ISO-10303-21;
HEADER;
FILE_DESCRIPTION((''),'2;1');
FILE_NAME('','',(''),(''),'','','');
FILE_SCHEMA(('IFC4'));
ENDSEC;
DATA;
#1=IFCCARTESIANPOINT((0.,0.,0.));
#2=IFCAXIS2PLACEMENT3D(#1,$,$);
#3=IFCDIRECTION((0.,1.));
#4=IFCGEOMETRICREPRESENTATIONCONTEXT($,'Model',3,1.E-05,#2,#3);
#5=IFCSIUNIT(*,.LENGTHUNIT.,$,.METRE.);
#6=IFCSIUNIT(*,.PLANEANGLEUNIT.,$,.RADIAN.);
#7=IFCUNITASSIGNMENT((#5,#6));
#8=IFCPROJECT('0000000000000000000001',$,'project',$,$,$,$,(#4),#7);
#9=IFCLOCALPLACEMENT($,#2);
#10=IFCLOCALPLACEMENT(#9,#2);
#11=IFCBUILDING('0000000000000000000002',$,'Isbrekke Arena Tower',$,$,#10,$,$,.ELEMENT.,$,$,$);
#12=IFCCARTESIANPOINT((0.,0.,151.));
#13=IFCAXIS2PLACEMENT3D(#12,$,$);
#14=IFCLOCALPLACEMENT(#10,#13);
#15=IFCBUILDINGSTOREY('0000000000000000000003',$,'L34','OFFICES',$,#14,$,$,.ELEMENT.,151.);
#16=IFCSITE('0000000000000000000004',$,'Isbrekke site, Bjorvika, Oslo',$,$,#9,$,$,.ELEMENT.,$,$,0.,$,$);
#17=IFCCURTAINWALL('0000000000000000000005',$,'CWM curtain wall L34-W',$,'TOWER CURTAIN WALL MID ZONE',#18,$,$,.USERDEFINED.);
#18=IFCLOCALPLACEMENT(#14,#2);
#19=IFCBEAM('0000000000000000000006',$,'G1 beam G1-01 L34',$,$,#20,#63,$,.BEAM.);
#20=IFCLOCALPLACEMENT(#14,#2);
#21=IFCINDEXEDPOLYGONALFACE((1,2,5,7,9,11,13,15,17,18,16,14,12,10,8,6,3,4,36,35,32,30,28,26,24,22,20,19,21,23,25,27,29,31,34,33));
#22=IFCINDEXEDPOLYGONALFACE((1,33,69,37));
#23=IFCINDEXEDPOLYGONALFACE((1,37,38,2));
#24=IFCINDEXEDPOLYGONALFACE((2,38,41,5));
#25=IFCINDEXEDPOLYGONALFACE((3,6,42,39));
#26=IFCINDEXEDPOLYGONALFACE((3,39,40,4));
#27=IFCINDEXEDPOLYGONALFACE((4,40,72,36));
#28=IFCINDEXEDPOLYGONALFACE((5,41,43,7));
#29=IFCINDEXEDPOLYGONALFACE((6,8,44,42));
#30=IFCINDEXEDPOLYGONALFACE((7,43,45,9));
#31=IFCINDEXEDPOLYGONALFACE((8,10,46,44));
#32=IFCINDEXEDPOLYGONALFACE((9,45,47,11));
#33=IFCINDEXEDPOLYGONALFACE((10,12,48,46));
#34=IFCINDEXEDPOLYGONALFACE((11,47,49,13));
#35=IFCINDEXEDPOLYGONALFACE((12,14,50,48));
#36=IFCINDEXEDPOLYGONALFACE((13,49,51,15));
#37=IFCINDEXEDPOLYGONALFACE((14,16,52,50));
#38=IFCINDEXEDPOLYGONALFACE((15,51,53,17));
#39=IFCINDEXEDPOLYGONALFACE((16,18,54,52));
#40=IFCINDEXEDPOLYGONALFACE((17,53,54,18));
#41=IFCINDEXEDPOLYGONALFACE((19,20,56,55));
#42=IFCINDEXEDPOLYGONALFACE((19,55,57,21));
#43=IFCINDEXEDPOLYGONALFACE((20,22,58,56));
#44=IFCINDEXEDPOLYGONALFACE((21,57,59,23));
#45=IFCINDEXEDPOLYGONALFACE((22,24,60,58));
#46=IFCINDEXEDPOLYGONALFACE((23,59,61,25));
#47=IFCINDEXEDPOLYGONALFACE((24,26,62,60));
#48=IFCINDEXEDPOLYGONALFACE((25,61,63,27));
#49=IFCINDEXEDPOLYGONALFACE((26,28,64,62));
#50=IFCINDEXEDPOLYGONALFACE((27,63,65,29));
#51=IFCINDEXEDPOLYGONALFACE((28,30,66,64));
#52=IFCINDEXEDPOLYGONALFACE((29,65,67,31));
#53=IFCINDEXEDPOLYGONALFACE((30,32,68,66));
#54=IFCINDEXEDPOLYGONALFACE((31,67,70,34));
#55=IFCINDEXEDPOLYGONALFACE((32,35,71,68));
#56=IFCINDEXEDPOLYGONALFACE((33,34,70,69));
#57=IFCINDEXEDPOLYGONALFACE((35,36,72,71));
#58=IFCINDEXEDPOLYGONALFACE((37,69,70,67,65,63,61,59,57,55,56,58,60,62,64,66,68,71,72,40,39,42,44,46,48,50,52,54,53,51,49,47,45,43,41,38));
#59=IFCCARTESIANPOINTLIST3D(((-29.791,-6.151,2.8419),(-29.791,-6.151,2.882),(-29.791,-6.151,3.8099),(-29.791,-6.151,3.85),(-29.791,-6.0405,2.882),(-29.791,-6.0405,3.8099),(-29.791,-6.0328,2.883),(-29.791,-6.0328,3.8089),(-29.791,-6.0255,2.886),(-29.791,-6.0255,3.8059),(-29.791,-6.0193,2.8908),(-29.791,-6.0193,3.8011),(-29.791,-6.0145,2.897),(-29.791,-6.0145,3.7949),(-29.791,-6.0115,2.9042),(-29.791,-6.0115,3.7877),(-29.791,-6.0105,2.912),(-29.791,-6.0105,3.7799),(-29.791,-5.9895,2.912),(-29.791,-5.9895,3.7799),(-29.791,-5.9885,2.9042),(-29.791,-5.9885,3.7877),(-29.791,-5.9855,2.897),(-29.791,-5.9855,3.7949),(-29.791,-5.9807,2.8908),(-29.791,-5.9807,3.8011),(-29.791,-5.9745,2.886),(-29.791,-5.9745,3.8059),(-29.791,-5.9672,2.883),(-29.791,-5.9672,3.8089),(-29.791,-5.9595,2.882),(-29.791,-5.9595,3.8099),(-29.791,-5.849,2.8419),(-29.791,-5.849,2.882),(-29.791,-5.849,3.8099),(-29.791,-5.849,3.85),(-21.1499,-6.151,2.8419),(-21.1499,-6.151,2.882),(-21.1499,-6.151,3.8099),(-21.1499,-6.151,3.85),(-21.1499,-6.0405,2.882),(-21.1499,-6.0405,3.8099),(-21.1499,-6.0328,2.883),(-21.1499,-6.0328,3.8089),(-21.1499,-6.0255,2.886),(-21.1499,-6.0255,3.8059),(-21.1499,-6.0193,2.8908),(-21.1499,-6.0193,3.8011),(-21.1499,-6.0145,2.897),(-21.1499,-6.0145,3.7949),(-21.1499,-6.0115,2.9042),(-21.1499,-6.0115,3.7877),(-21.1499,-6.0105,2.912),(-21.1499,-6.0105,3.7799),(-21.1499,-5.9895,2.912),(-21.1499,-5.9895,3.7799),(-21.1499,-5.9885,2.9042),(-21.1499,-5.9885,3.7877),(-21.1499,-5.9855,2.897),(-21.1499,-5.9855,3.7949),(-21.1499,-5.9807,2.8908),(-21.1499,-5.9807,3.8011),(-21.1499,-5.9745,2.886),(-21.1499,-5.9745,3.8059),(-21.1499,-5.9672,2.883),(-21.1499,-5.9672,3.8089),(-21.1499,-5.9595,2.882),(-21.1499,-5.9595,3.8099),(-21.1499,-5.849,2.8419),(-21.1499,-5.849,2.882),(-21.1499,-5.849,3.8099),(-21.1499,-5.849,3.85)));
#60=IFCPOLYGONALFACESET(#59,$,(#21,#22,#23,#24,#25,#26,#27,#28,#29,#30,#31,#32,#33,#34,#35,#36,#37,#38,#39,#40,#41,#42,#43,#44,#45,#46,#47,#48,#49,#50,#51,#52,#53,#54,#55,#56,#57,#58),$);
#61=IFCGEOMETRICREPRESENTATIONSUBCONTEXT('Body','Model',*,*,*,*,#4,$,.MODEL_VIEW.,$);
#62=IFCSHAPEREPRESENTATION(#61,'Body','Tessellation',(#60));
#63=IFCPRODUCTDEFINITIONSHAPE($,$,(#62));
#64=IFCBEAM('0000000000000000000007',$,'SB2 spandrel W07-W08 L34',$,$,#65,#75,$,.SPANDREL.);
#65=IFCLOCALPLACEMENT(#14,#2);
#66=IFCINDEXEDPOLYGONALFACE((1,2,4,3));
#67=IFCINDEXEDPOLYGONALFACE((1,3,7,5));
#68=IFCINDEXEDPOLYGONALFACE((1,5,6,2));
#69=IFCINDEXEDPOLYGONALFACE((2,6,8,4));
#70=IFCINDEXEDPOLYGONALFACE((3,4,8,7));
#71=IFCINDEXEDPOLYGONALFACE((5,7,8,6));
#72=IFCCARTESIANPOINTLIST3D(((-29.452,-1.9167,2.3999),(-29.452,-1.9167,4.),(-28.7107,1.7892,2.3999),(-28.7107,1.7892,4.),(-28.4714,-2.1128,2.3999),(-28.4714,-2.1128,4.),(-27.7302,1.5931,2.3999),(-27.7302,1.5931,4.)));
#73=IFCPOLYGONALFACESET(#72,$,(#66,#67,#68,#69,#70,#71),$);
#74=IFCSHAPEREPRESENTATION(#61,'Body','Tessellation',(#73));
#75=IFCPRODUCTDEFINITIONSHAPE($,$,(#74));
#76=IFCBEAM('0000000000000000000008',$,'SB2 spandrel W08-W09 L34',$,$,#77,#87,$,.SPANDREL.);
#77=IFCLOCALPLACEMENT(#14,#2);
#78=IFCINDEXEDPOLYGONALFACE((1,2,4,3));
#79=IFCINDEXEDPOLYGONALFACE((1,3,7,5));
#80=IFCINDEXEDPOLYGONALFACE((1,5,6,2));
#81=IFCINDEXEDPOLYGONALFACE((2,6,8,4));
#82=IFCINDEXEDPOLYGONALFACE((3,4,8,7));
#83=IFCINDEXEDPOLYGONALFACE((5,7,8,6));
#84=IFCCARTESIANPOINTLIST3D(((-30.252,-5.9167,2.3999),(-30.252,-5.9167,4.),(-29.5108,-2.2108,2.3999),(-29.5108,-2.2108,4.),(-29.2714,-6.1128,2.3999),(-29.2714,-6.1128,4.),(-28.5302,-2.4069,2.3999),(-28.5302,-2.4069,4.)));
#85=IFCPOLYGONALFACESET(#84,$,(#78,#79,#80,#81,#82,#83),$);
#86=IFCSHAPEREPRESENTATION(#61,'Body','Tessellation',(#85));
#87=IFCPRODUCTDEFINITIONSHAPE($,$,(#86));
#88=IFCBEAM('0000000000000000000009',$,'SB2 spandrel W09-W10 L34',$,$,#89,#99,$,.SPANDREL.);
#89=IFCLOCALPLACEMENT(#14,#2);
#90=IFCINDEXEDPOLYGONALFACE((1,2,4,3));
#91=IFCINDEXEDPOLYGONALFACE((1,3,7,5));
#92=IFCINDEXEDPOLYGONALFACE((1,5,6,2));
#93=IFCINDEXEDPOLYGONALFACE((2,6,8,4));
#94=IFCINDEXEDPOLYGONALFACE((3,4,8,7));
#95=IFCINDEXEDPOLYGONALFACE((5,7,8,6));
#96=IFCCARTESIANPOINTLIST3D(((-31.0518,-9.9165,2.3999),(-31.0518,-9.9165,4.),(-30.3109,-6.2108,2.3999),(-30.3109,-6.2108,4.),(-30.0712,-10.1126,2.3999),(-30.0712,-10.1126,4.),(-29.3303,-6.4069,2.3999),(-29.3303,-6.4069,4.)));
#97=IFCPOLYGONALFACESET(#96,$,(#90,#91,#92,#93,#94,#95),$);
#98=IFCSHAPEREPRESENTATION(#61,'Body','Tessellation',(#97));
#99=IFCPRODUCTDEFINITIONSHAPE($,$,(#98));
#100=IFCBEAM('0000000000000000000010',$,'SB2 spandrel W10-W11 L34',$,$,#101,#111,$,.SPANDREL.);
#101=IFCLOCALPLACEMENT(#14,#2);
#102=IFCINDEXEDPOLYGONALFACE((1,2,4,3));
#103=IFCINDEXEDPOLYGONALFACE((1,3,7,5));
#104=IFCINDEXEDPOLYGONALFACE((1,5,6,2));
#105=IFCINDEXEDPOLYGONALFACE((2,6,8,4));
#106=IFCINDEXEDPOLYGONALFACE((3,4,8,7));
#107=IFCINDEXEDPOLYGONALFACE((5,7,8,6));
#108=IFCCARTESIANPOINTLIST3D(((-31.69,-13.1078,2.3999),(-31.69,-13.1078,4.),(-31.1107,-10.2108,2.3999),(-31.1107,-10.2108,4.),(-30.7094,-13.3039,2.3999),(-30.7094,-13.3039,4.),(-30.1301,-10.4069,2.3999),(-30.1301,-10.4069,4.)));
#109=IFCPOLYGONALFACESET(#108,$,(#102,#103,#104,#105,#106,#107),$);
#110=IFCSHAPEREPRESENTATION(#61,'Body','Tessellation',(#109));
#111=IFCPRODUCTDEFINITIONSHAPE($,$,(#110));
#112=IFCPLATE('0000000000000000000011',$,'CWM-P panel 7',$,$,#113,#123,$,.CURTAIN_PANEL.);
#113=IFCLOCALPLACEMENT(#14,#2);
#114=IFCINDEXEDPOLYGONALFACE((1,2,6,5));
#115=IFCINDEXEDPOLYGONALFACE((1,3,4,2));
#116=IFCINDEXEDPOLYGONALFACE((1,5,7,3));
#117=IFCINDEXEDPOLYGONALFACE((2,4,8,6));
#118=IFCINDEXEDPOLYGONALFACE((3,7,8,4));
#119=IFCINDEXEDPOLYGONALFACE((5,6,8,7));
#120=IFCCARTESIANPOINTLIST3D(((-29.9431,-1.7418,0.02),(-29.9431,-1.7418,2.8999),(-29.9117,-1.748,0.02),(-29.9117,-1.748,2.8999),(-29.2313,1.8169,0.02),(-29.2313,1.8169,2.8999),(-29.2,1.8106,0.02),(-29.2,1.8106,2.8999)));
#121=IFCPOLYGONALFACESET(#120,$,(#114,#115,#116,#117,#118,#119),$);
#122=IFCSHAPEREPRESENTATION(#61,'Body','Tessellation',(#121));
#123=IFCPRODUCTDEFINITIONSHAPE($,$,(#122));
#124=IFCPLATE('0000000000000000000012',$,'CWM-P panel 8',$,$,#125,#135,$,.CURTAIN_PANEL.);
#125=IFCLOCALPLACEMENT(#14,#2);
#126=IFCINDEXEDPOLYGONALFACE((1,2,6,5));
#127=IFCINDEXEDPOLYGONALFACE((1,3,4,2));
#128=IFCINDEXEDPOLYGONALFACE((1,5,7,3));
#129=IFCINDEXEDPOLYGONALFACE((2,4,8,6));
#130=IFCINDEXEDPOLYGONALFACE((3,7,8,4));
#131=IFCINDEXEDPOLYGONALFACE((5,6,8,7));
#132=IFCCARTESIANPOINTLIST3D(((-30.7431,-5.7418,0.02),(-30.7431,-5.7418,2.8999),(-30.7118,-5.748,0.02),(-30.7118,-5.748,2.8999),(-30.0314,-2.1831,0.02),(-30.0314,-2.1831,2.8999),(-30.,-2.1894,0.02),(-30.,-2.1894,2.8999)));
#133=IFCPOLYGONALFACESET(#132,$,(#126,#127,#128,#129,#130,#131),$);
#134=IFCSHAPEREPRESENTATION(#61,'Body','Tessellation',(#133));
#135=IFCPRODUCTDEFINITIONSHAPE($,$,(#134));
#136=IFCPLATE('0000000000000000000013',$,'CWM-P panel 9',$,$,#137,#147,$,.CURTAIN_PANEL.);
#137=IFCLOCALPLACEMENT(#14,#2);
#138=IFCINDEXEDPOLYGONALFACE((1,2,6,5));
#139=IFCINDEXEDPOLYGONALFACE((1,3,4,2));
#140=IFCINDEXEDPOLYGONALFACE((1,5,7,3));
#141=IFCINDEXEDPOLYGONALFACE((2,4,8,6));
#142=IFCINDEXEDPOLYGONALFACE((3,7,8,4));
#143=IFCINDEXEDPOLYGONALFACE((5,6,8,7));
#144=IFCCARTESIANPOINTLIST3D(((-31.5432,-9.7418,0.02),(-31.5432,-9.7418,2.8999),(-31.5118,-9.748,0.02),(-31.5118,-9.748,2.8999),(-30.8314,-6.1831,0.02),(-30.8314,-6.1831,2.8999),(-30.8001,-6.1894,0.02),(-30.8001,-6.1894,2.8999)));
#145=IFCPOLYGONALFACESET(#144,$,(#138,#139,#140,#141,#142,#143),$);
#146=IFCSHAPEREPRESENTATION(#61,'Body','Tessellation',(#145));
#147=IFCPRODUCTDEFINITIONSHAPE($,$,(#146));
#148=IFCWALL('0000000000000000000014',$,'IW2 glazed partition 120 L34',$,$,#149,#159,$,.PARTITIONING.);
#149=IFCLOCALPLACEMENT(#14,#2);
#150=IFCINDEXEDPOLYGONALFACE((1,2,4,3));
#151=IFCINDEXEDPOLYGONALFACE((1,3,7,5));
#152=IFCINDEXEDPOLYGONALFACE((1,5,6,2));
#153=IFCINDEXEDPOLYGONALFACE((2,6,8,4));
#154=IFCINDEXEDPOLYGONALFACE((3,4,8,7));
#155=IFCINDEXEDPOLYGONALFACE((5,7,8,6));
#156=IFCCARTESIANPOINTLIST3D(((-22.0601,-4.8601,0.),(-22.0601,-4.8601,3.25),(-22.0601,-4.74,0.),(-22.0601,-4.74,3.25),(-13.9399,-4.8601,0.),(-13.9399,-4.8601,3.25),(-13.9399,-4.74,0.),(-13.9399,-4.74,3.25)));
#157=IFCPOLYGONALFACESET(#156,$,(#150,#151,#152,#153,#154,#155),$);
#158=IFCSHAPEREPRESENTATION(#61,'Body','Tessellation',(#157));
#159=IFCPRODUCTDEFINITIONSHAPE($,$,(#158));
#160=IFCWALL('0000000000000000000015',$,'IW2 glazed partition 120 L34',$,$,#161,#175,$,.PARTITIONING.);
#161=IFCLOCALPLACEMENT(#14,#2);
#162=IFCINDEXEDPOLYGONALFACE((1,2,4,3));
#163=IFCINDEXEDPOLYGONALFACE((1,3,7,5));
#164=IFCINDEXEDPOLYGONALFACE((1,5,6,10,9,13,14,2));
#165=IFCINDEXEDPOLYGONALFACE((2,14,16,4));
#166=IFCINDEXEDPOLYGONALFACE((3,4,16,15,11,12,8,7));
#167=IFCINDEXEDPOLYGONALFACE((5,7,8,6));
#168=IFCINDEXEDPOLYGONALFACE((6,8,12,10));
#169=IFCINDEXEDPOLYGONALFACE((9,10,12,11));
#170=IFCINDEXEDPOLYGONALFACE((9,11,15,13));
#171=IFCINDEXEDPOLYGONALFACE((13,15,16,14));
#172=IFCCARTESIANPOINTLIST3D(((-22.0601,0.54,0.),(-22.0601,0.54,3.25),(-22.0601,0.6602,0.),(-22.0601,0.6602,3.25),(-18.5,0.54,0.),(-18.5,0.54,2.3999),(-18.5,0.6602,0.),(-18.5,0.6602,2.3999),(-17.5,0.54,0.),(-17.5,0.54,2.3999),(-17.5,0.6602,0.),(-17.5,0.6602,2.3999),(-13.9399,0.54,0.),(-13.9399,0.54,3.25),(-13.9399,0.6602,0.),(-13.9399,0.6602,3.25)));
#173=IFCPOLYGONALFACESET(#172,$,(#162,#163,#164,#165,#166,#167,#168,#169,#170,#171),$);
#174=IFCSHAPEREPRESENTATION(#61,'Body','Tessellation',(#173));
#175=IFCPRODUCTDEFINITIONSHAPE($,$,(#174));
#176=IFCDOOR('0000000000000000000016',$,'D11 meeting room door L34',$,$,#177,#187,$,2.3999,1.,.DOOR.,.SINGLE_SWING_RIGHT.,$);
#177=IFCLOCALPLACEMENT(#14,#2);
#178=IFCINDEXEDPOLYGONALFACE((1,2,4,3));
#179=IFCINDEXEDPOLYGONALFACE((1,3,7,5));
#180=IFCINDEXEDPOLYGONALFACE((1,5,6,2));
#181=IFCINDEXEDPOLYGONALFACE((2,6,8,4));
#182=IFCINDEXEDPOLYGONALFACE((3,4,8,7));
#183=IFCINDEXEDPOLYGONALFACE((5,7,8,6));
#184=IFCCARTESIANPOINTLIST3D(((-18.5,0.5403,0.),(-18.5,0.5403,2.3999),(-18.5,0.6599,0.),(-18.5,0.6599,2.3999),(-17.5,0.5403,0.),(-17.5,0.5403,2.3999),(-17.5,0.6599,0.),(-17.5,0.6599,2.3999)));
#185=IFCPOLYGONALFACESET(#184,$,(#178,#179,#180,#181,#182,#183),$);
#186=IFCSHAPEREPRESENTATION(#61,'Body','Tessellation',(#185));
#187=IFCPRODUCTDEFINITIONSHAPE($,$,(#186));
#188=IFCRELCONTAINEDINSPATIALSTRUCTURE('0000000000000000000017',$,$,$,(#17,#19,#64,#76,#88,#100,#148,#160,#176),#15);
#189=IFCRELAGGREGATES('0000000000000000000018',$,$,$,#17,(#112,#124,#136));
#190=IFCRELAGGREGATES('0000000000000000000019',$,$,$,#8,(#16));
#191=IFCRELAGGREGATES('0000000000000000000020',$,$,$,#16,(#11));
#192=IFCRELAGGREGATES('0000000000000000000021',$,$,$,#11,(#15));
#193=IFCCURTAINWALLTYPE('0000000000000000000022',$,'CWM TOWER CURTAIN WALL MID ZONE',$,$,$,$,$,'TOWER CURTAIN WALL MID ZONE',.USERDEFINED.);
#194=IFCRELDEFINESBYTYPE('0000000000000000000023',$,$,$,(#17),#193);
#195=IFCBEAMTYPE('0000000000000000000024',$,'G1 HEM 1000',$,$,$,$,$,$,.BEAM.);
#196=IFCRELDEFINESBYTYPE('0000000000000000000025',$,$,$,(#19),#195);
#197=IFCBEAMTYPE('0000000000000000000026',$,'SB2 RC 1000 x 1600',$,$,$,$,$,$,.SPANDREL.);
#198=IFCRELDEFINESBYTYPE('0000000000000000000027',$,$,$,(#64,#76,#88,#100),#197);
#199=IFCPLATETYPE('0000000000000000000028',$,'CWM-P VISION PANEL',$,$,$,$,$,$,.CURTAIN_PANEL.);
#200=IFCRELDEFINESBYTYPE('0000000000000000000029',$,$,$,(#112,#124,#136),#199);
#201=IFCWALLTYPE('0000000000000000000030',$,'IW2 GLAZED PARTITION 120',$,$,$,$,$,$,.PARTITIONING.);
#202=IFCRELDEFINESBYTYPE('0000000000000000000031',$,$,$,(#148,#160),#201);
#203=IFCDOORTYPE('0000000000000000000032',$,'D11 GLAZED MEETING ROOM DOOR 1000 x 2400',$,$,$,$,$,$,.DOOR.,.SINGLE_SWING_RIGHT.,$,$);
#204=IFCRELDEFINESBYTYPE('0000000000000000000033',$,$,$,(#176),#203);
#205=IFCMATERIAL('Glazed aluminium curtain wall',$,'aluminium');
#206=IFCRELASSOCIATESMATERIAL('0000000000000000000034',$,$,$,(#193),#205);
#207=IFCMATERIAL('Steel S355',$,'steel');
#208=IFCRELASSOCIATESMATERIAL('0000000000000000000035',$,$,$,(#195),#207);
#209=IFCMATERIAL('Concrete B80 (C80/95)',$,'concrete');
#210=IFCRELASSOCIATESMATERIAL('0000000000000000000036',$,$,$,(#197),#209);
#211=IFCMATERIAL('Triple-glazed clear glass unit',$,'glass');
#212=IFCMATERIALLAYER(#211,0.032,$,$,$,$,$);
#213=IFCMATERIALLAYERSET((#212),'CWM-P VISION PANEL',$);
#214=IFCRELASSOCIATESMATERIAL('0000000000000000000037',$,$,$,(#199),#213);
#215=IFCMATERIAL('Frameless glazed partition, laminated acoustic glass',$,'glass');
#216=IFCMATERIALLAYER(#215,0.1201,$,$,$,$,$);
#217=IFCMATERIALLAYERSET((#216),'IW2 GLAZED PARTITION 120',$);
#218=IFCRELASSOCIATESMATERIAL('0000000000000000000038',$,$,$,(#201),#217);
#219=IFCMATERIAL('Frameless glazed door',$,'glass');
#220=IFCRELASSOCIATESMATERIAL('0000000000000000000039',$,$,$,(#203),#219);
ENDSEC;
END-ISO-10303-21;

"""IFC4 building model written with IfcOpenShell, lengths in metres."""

from ifc_helpers import new_model, si_unit, direction, frame, frame_2d, origin, origin_2d, place, context, subcontext, project, spatial, rectangle, i_section, extrude, material, layer, layer_set, material_profile, profile_set, type_object, element, fill, aggregate, save


model = new_model("IFC4")

# Units and contexts
model_context = context("Model", 3, precision=1e-05, world=origin(), true_north=direction((0.0, 1.0)))
body_context = subcontext(model_context, "Body", "Model", "MODEL_VIEW")
ifc_project = project(units=[si_unit("LENGTHUNIT", "METRE"), si_unit("PLANEANGLEUNIT", "RADIAN")], contexts=[model_context])

# Site, building, storey
site_placement = place(None, origin())
site = spatial("IfcSite", under=ifc_project, at=site_placement, Name="Isbrekke site, Bjorvika, Oslo", CompositionType="ELEMENT", RefElevation=0.0)
building_placement = place(site_placement, origin())
building = spatial("IfcBuilding", under=site, at=building_placement, Name="Isbrekke Arena Tower", CompositionType="ELEMENT")
storey_placement = place(building_placement, frame((0.0, 0.0, 151.0)))
storey = spatial("IfcBuildingStorey", under=building, at=storey_placement, Name="L34", Description="OFFICES", CompositionType="ELEMENT", Elevation=151.0)

# Curtain wall
ifc_material_1 = material(Name="Glazed aluminium curtain wall", Category="aluminium")
curtain_wall_type = type_object("IfcCurtainWallType", Name="CWM TOWER CURTAIN WALL MID ZONE", ElementType="TOWER CURTAIN WALL MID ZONE", PredefinedType="USERDEFINED", material=ifc_material_1)
curtain_wall_placement = place(storey_placement, origin())
curtain_wall = element("IfcCurtainWall", 1, at=curtain_wall_placement, inside=storey, type_object=curtain_wall_type, Name="CWM curtain wall L34-W", ObjectType="TOWER CURTAIN WALL MID ZONE", PredefinedType="USERDEFINED")

# Beams
ifc_material_2 = material(Name="Steel S355", Category="steel")
ifc_material_profile_1 = material_profile(ifc_material_2, i_section(OverallWidth=0.302, OverallDepth=1.0081, WebThickness=0.021, FlangeThickness=0.04, FilletRadius=0.03, at=origin_2d()), Name="HEM 1000")
ifc_profile_set_1 = profile_set([ifc_material_profile_1], Name="Steel S355")
beam_type_1 = type_object("IfcBeamType", Name="G1 HEM 1000", PredefinedType="BEAM", material=ifc_profile_set_1)
beam_1_placement = place(storey_placement, frame((-29.791, -6.0, 3.3459), z_axis=(1.0, 0.0, 0.0), x_axis=(0.0, 1.0, 0.0)))
element("IfcBeam", 2, at=beam_1_placement, inside=storey, type_object=beam_type_1, Name="G1 beam G1-01 L34", PredefinedType="BEAM", context=body_context, shape_type="SweptSolid", body=[
    extrude(i_section(OverallWidth=0.302, OverallDepth=1.0081, WebThickness=0.021, FlangeThickness=0.04, FilletRadius=0.03, at=origin_2d()), origin(), (0.0, 0.0, 1.0), 8.6411),
])
ifc_material_3 = material(Name="Concrete B80 (C80/95)", Category="concrete")
ifc_material_profile_2 = material_profile(ifc_material_3, rectangle(XDim=1.0, YDim=1.6001, at=origin_2d()), Name="RC 1000x1600")
ifc_profile_set_2 = profile_set([ifc_material_profile_2], Name="Concrete B80 (C80/95)")
beam_type_2 = type_object("IfcBeamType", Name="SB2 RC 1000 x 1600", PredefinedType="SPANDREL", material=ifc_profile_set_2)
for number, where, z_axis, x_axis, name in (
    (3, (-28.2205, 1.6912, 3.2), (-0.196129, -0.980578, 0.0), (0.980578, -0.196129, 0.0), "SB2 spandrel W07-W08 L34"),
    (4, (-29.0205, -2.3088, 3.2), (-0.196129, -0.980578, 0.0), (0.980578, -0.196129, 0.0), "SB2 spandrel W08-W09 L34"),
):
    element("IfcBeam", number, at=place(storey_placement, frame(where, z_axis=z_axis, x_axis=x_axis)), inside=storey, type_object=beam_type_2, Name=name, PredefinedType="SPANDREL", context=body_context, shape_type="SweptSolid", body=[
        extrude(rectangle(XDim=1.0, YDim=1.6001, at=origin_2d()), origin(), (0.0, 0.0, 1.0), 3.7793),
    ])
beam_2_placement = place(storey_placement, frame((-29.8206, -6.3088, 3.2), z_axis=(-0.196066, -0.980591, 0.0), x_axis=(0.980591, -0.196066, 0.0)))
element("IfcBeam", 5, at=beam_2_placement, inside=storey, type_object=beam_type_2, Name="SB2 spandrel W09-W10 L34", PredefinedType="SPANDREL", context=body_context, shape_type="SweptSolid", body=[
    extrude(rectangle(XDim=1.0, YDim=1.6001, at=origin_2d()), origin(), (0.0, 0.0, 1.0), 3.7791),
])
beam_3_placement = place(storey_placement, frame((-30.6204, -10.3088, 3.2), z_axis=(-0.1961, -0.980584, 0.0), x_axis=(0.980584, -0.1961, 0.0)))
element("IfcBeam", 6, at=beam_3_placement, inside=storey, type_object=beam_type_2, Name="SB2 spandrel W10-W11 L34", PredefinedType="SPANDREL", context=body_context, shape_type="SweptSolid", body=[
    extrude(rectangle(XDim=1.0, YDim=1.6001, at=origin_2d()), origin(), (0.0, 0.0, 1.0), 2.9543),
])

# Plates
ifc_material_4 = material(Name="Triple-glazed clear glass unit", Category="glass")
ifc_layer_1 = layer(ifc_material_4, 0.032)
ifc_layer_set_1 = layer_set([ifc_layer_1], Name="CWM-P VISION PANEL")
plate_type = type_object("IfcPlateType", Name="CWM-P VISION PANEL", PredefinedType="CURTAIN_PANEL", material=ifc_layer_set_1)
plate_1_placement = place(storey_placement, frame((-29.5715, 0.0344, 0.02), z_axis=(0.0, 0.0, 1.0), x_axis=(-0.196116, -0.980581, 0.0)))
plate_1 = element("IfcPlate", 7, at=plate_1_placement, type_object=plate_type, Name="CWM-P panel 7", PredefinedType="CURTAIN_PANEL", context=body_context, shape_type="SweptSolid", body=[
    extrude(rectangle(XDim=3.6292, YDim=0.032, at=origin_2d()), origin(), (0.0, 0.0, 1.0), 2.8799),
])
plate_2_placement = place(storey_placement, frame((-30.3716, -3.9656, 0.02), z_axis=(0.0, 0.0, 1.0), x_axis=(-0.196116, -0.980581, 0.0)))
plate_2 = element("IfcPlate", 8, at=plate_2_placement, type_object=plate_type, Name="CWM-P panel 8", PredefinedType="CURTAIN_PANEL", context=body_context, shape_type="SweptSolid", body=[
    extrude(rectangle(XDim=3.6292, YDim=0.032, at=origin_2d()), origin(), (0.0, 0.0, 1.0), 2.8799),
])
plate_3_placement = place(storey_placement, frame((-31.1716, -7.9656, 0.02), z_axis=(0.0, 0.0, 1.0), x_axis=(-0.196116, -0.980581, 0.0)))
plate_3 = element("IfcPlate", 9, at=plate_3_placement, type_object=plate_type, Name="CWM-P panel 9", PredefinedType="CURTAIN_PANEL", context=body_context, shape_type="SweptSolid", body=[
    extrude(rectangle(XDim=3.6292, YDim=0.032, at=origin_2d()), origin(), (0.0, 0.0, 1.0), 2.8799),
])
aggregate(curtain_wall, [plate_1, plate_2, plate_3])

# Wall
ifc_material_5 = material(Name="Frameless glazed partition, laminated acoustic glass", Category="glass")
ifc_layer_2 = layer(ifc_material_5, 0.1201)
ifc_layer_set_2 = layer_set([ifc_layer_2], Name="IW2 GLAZED PARTITION 120")
wall_type_1 = type_object("IfcWallType", Name="IW2 GLAZED PARTITION 120", PredefinedType="PARTITIONING", material=ifc_layer_set_2)
wall_1_placement = place(storey_placement, frame((-22.0601, -4.8, 0.0), z_axis=(0.0, 0.0, 1.0), x_axis=(1.0, 0.0, 0.0)))
element("IfcWall", 10, at=wall_1_placement, inside=storey, type_object=wall_type_1, Name="IW2 glazed partition 120 L34", PredefinedType="PARTITIONING", context=body_context, shape_type="SweptSolid", body=[
    extrude(rectangle(XDim=8.1201, YDim=0.1201, at=frame_2d((4.0601, 0.0))), origin(), (0.0, 0.0, 1.0), 3.25),
])

# Wall, opening, door
wall_2_placement = place(storey_placement, frame((-22.0601, 0.6001, 0.0), z_axis=(0.0, 0.0, 1.0), x_axis=(1.0, 0.0, 0.0)))
wall_2 = element("IfcWall", 11, at=wall_2_placement, inside=storey, type_object=wall_type_1, Name="IW2 glazed partition 120 L34", PredefinedType="PARTITIONING", context=body_context, shape_type="SweptSolid", body=[
    extrude(rectangle(XDim=8.1201, YDim=0.1201, at=frame_2d((4.0601, 0.0))), origin(), (0.0, 0.0, 1.0), 3.25),
])
opening_1_placement = place(wall_2_placement, frame((3.5601, 0.0, 0.0)))
opening_1 = element("IfcOpeningElement", 12, at=opening_1_placement, cuts=wall_2, PredefinedType="OPENING", context=body_context, shape_type="SweptSolid", body=[
    extrude(rectangle(XDim=1.0, YDim=2.3999, at=frame_2d((0.5, 1.2))), frame((0.0, 0.075, 0.0), z_axis=(0.0, -1.0, 0.0), x_axis=(1.0, 0.0, 0.0)), (0.0, 0.0, 1.0), 0.1499),
])
ifc_material_6 = material(Name="Frameless glazed door", Category="glass")
door_type_1 = type_object("IfcDoorType", Name="D11 GLAZED MEETING ROOM DOOR 1000 x 2400", OperationType="SINGLE_SWING_RIGHT", PredefinedType="DOOR", material=ifc_material_6)
door_1_placement = place(opening_1_placement, origin())
door_1 = element("IfcDoor", 13, at=door_1_placement, inside=storey, type_object=door_type_1, Name="D11 meeting room door L34", OperationType="SINGLE_SWING_RIGHT", OverallHeight=2.3999, OverallWidth=1.0, PredefinedType="DOOR", context=body_context, shape_type="SweptSolid", body=[
    extrude(rectangle(XDim=1.0, YDim=2.3999, at=frame_2d((0.5, 1.2))), frame((0.0, 0.0598, 0.0), z_axis=(0.0, -1.0, 0.0), x_axis=(1.0, 0.0, 0.0)), (0.0, 0.0, 1.0), 0.1196),
])
fill(opening_1, door_1)

save(model, "model.ifc")
